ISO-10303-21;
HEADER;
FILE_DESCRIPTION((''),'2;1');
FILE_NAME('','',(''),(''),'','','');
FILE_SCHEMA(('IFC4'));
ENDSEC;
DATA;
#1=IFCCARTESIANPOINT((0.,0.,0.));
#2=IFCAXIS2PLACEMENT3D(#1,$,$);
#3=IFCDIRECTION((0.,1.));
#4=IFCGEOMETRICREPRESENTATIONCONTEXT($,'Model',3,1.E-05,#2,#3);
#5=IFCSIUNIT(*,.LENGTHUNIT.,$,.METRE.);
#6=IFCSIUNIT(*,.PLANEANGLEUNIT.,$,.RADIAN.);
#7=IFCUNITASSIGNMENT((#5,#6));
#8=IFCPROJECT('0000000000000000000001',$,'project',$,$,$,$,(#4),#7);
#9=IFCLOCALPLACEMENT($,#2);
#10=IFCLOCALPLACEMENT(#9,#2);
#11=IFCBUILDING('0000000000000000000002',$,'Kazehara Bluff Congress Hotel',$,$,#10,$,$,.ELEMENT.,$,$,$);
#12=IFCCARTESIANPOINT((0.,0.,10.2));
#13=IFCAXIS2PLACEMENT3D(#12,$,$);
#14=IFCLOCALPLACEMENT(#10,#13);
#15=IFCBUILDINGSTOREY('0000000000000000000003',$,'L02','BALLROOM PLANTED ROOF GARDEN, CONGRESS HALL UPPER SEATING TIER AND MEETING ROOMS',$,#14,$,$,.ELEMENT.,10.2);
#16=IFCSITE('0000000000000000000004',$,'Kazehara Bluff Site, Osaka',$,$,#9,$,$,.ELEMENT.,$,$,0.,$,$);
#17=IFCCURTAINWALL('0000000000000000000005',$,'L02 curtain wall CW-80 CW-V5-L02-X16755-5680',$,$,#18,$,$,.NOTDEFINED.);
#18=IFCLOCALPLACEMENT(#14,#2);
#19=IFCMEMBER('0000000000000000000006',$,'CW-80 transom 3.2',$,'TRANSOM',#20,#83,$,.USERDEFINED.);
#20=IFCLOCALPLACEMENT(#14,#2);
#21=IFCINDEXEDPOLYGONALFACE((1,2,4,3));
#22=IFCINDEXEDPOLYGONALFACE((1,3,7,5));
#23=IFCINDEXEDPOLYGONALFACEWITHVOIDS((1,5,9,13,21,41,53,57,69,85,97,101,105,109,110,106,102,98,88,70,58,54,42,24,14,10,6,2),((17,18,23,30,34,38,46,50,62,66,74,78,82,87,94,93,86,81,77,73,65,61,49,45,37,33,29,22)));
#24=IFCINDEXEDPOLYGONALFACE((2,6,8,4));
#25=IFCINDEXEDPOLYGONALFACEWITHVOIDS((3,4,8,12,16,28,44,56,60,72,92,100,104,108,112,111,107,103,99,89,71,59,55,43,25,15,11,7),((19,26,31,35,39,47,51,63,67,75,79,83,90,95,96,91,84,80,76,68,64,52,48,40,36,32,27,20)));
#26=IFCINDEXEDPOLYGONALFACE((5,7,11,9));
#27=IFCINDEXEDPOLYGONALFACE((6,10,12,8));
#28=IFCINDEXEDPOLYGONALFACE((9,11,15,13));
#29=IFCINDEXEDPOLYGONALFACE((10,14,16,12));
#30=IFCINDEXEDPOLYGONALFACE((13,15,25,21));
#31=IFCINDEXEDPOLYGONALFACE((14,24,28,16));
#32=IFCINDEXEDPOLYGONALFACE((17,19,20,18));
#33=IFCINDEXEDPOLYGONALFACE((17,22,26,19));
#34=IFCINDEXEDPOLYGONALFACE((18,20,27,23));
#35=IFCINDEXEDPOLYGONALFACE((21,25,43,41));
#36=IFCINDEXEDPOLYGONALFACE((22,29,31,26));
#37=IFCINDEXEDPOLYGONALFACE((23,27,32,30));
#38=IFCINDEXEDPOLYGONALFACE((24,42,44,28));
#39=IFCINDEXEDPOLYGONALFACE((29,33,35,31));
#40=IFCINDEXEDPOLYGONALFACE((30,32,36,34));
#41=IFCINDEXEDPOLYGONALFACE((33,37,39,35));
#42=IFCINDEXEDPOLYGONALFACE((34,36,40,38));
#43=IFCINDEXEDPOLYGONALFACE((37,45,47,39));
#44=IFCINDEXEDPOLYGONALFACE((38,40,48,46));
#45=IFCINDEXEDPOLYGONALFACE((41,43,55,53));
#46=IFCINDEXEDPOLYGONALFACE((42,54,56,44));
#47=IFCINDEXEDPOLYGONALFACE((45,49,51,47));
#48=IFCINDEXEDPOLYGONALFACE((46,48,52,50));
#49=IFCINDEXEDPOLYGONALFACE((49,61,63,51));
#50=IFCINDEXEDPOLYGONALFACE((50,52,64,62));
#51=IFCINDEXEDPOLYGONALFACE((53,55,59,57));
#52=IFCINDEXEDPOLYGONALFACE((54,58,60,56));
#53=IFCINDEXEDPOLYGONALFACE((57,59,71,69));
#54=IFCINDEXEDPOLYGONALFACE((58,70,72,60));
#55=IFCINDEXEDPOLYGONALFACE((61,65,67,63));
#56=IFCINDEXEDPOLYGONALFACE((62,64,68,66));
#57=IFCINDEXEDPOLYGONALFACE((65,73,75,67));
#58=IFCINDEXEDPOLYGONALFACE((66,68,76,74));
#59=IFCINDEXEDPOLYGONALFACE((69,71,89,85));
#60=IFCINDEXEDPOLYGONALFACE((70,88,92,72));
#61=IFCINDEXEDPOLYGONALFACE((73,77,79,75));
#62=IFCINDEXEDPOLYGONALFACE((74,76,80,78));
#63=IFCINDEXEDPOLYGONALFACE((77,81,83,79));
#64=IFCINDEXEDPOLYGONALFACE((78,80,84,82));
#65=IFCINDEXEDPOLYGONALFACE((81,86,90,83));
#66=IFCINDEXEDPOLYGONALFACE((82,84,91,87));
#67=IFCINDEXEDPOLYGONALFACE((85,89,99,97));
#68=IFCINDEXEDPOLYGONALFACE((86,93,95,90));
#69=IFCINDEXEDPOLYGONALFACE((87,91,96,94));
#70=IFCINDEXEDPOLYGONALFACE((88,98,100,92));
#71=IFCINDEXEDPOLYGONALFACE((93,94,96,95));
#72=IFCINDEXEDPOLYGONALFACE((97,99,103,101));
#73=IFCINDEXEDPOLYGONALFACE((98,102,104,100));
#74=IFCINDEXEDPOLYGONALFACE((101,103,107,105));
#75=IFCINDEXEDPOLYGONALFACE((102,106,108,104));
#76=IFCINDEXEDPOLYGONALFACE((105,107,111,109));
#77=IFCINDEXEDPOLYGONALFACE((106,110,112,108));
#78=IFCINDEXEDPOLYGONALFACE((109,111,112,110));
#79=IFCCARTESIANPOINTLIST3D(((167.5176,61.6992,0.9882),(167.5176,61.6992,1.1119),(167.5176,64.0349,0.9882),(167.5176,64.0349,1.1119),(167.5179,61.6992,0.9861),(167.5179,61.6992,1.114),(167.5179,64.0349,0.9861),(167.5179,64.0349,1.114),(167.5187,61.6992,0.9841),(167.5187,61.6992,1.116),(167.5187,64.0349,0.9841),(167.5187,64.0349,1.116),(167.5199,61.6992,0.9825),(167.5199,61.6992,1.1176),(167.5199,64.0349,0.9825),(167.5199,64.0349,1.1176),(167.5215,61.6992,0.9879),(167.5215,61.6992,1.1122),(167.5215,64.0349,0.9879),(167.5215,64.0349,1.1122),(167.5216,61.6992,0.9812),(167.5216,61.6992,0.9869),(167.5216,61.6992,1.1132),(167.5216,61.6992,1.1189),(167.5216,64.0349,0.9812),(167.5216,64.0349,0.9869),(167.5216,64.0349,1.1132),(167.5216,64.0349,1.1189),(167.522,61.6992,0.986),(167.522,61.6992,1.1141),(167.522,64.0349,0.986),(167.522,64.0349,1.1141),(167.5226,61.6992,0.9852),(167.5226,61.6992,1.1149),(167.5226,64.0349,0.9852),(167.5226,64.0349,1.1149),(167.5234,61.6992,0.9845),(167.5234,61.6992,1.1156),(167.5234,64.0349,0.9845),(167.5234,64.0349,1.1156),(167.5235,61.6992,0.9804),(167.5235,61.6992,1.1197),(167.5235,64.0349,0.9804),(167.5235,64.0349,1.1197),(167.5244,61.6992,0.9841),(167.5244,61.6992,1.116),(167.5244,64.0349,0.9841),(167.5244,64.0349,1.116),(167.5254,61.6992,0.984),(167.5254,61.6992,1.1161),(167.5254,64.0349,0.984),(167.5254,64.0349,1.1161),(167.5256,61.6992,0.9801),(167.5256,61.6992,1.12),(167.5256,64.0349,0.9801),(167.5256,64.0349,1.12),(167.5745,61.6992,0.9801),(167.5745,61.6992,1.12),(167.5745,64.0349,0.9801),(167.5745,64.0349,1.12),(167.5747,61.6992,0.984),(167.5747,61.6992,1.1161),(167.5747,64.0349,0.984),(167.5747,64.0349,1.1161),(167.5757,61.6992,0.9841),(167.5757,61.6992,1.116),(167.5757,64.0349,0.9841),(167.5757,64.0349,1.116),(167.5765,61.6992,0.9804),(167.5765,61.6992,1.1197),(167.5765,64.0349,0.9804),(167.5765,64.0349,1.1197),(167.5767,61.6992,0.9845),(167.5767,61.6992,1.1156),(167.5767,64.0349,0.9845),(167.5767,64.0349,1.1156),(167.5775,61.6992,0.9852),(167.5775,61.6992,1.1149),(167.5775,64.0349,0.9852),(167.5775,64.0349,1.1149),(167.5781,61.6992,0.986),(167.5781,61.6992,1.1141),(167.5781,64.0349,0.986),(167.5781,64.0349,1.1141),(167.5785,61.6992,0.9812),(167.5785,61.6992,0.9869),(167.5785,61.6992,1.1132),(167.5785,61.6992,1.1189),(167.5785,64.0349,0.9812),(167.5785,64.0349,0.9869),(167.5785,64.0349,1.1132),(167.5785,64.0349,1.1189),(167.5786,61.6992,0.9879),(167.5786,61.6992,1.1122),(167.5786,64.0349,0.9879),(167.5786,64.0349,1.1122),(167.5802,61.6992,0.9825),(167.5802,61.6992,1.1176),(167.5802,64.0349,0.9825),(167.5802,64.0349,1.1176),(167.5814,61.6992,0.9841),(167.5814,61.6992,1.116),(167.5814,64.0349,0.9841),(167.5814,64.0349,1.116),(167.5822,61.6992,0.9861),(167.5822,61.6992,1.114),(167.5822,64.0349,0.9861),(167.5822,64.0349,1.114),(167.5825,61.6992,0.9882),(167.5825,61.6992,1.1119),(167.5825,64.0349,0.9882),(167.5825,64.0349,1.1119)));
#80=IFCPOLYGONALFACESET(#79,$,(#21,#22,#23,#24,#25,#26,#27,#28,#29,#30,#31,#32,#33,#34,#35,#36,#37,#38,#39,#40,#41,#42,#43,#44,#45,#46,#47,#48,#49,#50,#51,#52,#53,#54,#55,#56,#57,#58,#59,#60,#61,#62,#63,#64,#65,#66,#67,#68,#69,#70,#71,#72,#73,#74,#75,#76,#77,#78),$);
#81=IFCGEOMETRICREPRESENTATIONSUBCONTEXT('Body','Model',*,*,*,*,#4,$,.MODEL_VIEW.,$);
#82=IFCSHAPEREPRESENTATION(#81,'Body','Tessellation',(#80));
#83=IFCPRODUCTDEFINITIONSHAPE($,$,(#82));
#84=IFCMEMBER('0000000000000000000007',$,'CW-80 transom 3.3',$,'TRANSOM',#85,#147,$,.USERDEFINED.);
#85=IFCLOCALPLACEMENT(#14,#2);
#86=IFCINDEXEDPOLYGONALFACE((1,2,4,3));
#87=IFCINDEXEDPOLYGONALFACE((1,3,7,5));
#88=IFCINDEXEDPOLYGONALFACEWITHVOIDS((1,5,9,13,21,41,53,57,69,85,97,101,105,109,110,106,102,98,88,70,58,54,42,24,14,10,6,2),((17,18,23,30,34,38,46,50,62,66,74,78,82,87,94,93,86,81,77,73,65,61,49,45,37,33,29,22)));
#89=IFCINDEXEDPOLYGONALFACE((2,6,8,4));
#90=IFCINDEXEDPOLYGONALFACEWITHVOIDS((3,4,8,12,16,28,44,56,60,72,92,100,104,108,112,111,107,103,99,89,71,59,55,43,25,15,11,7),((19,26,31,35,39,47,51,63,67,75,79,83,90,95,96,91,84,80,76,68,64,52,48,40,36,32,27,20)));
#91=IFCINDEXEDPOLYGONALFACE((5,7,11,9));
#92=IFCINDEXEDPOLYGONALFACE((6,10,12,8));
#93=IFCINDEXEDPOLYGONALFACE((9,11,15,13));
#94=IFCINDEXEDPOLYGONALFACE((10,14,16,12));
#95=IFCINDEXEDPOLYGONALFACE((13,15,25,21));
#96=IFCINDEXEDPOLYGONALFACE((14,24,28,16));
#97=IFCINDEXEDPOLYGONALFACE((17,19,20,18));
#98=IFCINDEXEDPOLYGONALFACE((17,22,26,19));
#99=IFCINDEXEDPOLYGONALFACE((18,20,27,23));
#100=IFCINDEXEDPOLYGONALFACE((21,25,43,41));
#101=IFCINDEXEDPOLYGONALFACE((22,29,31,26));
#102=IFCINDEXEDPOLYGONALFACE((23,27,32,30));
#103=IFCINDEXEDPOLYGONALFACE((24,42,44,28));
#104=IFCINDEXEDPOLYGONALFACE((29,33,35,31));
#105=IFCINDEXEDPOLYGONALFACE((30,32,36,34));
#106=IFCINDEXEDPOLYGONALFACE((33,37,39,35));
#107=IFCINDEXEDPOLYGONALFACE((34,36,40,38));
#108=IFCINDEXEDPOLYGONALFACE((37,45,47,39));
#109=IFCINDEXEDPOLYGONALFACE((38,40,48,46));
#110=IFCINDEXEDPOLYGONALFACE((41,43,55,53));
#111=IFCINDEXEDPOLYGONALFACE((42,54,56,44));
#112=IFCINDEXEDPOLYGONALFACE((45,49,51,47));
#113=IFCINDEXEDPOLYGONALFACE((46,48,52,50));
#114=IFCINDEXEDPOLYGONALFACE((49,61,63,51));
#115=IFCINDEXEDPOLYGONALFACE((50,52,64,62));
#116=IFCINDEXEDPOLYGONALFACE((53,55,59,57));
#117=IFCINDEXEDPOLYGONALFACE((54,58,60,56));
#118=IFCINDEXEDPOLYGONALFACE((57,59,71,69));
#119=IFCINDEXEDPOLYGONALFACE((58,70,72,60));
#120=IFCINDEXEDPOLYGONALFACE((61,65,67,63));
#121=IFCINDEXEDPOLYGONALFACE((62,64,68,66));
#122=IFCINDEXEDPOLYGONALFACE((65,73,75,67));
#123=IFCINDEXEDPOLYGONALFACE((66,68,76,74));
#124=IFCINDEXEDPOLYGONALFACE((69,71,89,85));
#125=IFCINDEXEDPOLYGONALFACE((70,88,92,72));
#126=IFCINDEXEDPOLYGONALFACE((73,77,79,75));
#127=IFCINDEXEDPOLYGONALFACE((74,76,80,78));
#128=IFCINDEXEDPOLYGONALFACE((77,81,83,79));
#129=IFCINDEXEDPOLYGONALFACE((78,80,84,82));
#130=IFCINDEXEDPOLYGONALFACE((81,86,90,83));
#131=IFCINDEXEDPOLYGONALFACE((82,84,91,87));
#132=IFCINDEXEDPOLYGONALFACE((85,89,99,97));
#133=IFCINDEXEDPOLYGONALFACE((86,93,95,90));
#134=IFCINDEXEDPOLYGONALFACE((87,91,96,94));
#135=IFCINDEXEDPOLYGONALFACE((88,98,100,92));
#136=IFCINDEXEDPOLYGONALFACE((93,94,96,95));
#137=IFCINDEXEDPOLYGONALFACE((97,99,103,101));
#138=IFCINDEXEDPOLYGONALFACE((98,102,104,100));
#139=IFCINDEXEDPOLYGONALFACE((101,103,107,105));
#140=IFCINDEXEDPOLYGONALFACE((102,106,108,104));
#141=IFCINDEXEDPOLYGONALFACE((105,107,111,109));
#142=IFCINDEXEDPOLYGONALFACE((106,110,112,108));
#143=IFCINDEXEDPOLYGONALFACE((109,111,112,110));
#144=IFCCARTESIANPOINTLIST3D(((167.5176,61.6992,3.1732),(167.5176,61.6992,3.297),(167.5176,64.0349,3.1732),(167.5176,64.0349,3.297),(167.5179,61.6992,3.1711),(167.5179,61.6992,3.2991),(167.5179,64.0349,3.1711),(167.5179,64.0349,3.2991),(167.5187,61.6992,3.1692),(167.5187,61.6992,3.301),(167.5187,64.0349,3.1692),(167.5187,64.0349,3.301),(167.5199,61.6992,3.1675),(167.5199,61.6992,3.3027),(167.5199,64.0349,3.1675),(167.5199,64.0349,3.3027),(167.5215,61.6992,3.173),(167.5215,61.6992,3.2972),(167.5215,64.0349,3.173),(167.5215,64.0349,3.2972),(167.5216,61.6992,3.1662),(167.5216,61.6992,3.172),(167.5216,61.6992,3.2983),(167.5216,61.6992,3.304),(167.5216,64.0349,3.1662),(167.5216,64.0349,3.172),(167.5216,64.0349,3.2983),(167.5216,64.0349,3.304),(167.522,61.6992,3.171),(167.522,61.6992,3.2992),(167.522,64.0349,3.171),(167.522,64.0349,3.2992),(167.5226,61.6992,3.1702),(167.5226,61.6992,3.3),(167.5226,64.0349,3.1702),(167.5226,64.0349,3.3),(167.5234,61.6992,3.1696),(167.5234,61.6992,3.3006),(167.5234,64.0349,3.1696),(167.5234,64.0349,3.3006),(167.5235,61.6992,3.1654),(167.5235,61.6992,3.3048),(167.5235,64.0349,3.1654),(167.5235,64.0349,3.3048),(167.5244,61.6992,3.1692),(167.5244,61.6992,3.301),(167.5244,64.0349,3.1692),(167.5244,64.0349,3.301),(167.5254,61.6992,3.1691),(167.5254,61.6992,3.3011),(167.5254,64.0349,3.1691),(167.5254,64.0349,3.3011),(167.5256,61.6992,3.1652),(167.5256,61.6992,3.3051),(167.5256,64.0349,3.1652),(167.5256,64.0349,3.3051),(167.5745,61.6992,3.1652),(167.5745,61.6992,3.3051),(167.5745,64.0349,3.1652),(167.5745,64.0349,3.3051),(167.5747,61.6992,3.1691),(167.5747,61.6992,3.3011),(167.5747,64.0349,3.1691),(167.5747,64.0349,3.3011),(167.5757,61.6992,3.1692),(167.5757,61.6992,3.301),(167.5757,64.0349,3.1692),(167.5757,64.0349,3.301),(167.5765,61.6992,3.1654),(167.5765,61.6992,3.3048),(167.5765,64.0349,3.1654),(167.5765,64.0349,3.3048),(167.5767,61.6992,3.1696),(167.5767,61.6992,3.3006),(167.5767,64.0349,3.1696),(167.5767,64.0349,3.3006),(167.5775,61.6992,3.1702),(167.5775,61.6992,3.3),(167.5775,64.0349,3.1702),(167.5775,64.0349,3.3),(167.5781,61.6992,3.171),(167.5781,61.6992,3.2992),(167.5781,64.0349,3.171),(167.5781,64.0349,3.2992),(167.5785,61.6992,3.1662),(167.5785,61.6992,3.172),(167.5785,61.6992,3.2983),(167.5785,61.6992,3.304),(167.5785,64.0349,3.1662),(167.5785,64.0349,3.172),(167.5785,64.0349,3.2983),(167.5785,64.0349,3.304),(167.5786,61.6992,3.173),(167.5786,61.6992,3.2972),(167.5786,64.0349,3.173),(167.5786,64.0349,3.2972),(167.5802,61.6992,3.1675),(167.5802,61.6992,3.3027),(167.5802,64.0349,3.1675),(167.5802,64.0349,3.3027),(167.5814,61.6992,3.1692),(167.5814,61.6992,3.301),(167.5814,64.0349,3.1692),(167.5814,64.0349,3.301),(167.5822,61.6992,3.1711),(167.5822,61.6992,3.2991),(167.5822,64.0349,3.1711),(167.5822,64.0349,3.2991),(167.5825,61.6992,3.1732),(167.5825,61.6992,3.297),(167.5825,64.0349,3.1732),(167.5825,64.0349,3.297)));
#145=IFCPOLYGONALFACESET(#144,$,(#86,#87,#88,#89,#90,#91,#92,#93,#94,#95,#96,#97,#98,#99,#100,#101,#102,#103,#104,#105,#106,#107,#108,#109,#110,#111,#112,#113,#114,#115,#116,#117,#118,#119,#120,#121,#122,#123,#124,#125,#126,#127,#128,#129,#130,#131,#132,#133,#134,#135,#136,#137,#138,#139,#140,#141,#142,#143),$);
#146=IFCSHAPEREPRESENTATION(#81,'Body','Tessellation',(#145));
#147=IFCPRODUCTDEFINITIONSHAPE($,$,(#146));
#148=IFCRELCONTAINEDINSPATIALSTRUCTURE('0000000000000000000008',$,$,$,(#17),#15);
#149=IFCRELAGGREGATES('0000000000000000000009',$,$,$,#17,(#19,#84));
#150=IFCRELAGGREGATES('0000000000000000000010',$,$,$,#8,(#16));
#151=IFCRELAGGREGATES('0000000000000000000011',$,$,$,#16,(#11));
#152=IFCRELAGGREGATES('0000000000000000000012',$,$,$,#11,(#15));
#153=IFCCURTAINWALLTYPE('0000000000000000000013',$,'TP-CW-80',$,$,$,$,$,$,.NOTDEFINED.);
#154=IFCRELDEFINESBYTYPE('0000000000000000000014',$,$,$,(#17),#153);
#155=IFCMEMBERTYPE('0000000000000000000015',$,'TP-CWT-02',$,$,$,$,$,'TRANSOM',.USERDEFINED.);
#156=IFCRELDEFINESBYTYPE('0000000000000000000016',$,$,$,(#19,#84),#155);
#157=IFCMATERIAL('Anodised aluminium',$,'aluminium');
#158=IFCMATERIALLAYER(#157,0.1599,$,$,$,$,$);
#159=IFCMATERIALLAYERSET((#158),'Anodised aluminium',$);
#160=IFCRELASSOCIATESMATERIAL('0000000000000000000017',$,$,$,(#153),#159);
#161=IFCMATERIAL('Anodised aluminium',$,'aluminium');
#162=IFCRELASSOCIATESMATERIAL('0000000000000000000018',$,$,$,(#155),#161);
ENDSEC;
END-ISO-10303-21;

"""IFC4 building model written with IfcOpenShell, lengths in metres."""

from ifc_helpers import new_model, si_unit, direction, frame, origin, origin_2d, place, context, subcontext, project, spatial, hollow_rectangle, extrude, material, layer, layer_set, material_profile, profile_set, type_object, element, aggregate, save


model = new_model("IFC4")

# Units and contexts
model_context = context("Model", 3, precision=1e-05, world=origin(), true_north=direction((0.0, 1.0)))
body_context = subcontext(model_context, "Body", "Model", "MODEL_VIEW")
ifc_project = project(units=[si_unit("LENGTHUNIT", "METRE"), si_unit("PLANEANGLEUNIT", "RADIAN")], contexts=[model_context])

# Site, building, storey
site_placement = place(None, origin())
site = spatial("IfcSite", under=ifc_project, at=site_placement, Name="Kazehara Bluff Site, Osaka", CompositionType="ELEMENT", RefElevation=0.0)
building_placement = place(site_placement, origin())
building = spatial("IfcBuilding", under=site, at=building_placement, Name="Kazehara Bluff Congress Hotel", CompositionType="ELEMENT")
storey_placement = place(building_placement, frame((0.0, 0.0, 10.2)))
storey = spatial("IfcBuildingStorey", under=building, at=storey_placement, Name="L02", Description="BALLROOM PLANTED ROOF GARDEN, CONGRESS HALL UPPER SEATING TIER AND MEETING ROOMS", CompositionType="ELEMENT", Elevation=10.2)

# Shared definitions
ifc_material_1 = material(Name="Anodised aluminium", Category="aluminium")
ifc_layer_1 = layer(ifc_material_1, 0.1599)
ifc_layer_set_1 = layer_set([ifc_layer_1], Name="Anodised aluminium")
curtain_wall_type = type_object("IfcCurtainWallType", Name="TP-CW-80", PredefinedType="NOTDEFINED", material=ifc_layer_set_1)

# Curtain wall, members
curtain_wall_1_placement = place(storey_placement, origin())
curtain_wall_1 = element("IfcCurtainWall", 1, at=curtain_wall_1_placement, inside=storey, type_object=curtain_wall_type, Name="L02 curtain wall CW-80 CW-V5-L02-X16755-5680", PredefinedType="NOTDEFINED")
ifc_material_2 = material(Name="Anodised aluminium", Category="aluminium")
ifc_material_profile_1 = material_profile(ifc_material_2, hollow_rectangle(XDim=0.0649, YDim=0.1399, WallThickness=0.0039, InnerFilletRadius=0.0039, OuterFilletRadius=0.0081, at=origin_2d()))
ifc_profile_set_1 = profile_set([ifc_material_profile_1], Name="Anodised aluminium")
member_type_1 = type_object("IfcMemberType", Name="TP-CWT-02", ElementType="TRANSOM", PredefinedType="USERDEFINED", material=ifc_profile_set_1)
member_1_placement = place(storey_placement, frame((167.55, 61.6992, 1.05), z_axis=(0.0, 1.0, 0.0), x_axis=(-1.0, 0.0, 0.0)))
member_1 = element("IfcMember", 2, at=member_1_placement, type_object=member_type_1, Name="CW-80 transom 3.2", ObjectType="TRANSOM", PredefinedType="USERDEFINED", context=body_context, shape_type="SweptSolid", body=[
    extrude(hollow_rectangle(XDim=0.0649, YDim=0.1399, WallThickness=0.0039, InnerFilletRadius=0.0039, OuterFilletRadius=0.0081, at=origin_2d()), origin(), (0.0, 0.0, 1.0), 2.3357),
])
member_2_placement = place(storey_placement, frame((167.55, 61.6992, 3.2351), z_axis=(0.0, 1.0, 0.0), x_axis=(-1.0, 0.0, 0.0)))
member_2 = element("IfcMember", 3, at=member_2_placement, type_object=member_type_1, Name="CW-80 transom 3.3", ObjectType="TRANSOM", PredefinedType="USERDEFINED", context=body_context, shape_type="SweptSolid", body=[
    extrude(hollow_rectangle(XDim=0.0649, YDim=0.1399, WallThickness=0.0039, InnerFilletRadius=0.0039, OuterFilletRadius=0.0081, at=origin_2d()), origin(), (0.0, 0.0, 1.0), 2.3357),
])

aggregate(curtain_wall_1, [member_1, member_2])

save(model, "model.ifc")
